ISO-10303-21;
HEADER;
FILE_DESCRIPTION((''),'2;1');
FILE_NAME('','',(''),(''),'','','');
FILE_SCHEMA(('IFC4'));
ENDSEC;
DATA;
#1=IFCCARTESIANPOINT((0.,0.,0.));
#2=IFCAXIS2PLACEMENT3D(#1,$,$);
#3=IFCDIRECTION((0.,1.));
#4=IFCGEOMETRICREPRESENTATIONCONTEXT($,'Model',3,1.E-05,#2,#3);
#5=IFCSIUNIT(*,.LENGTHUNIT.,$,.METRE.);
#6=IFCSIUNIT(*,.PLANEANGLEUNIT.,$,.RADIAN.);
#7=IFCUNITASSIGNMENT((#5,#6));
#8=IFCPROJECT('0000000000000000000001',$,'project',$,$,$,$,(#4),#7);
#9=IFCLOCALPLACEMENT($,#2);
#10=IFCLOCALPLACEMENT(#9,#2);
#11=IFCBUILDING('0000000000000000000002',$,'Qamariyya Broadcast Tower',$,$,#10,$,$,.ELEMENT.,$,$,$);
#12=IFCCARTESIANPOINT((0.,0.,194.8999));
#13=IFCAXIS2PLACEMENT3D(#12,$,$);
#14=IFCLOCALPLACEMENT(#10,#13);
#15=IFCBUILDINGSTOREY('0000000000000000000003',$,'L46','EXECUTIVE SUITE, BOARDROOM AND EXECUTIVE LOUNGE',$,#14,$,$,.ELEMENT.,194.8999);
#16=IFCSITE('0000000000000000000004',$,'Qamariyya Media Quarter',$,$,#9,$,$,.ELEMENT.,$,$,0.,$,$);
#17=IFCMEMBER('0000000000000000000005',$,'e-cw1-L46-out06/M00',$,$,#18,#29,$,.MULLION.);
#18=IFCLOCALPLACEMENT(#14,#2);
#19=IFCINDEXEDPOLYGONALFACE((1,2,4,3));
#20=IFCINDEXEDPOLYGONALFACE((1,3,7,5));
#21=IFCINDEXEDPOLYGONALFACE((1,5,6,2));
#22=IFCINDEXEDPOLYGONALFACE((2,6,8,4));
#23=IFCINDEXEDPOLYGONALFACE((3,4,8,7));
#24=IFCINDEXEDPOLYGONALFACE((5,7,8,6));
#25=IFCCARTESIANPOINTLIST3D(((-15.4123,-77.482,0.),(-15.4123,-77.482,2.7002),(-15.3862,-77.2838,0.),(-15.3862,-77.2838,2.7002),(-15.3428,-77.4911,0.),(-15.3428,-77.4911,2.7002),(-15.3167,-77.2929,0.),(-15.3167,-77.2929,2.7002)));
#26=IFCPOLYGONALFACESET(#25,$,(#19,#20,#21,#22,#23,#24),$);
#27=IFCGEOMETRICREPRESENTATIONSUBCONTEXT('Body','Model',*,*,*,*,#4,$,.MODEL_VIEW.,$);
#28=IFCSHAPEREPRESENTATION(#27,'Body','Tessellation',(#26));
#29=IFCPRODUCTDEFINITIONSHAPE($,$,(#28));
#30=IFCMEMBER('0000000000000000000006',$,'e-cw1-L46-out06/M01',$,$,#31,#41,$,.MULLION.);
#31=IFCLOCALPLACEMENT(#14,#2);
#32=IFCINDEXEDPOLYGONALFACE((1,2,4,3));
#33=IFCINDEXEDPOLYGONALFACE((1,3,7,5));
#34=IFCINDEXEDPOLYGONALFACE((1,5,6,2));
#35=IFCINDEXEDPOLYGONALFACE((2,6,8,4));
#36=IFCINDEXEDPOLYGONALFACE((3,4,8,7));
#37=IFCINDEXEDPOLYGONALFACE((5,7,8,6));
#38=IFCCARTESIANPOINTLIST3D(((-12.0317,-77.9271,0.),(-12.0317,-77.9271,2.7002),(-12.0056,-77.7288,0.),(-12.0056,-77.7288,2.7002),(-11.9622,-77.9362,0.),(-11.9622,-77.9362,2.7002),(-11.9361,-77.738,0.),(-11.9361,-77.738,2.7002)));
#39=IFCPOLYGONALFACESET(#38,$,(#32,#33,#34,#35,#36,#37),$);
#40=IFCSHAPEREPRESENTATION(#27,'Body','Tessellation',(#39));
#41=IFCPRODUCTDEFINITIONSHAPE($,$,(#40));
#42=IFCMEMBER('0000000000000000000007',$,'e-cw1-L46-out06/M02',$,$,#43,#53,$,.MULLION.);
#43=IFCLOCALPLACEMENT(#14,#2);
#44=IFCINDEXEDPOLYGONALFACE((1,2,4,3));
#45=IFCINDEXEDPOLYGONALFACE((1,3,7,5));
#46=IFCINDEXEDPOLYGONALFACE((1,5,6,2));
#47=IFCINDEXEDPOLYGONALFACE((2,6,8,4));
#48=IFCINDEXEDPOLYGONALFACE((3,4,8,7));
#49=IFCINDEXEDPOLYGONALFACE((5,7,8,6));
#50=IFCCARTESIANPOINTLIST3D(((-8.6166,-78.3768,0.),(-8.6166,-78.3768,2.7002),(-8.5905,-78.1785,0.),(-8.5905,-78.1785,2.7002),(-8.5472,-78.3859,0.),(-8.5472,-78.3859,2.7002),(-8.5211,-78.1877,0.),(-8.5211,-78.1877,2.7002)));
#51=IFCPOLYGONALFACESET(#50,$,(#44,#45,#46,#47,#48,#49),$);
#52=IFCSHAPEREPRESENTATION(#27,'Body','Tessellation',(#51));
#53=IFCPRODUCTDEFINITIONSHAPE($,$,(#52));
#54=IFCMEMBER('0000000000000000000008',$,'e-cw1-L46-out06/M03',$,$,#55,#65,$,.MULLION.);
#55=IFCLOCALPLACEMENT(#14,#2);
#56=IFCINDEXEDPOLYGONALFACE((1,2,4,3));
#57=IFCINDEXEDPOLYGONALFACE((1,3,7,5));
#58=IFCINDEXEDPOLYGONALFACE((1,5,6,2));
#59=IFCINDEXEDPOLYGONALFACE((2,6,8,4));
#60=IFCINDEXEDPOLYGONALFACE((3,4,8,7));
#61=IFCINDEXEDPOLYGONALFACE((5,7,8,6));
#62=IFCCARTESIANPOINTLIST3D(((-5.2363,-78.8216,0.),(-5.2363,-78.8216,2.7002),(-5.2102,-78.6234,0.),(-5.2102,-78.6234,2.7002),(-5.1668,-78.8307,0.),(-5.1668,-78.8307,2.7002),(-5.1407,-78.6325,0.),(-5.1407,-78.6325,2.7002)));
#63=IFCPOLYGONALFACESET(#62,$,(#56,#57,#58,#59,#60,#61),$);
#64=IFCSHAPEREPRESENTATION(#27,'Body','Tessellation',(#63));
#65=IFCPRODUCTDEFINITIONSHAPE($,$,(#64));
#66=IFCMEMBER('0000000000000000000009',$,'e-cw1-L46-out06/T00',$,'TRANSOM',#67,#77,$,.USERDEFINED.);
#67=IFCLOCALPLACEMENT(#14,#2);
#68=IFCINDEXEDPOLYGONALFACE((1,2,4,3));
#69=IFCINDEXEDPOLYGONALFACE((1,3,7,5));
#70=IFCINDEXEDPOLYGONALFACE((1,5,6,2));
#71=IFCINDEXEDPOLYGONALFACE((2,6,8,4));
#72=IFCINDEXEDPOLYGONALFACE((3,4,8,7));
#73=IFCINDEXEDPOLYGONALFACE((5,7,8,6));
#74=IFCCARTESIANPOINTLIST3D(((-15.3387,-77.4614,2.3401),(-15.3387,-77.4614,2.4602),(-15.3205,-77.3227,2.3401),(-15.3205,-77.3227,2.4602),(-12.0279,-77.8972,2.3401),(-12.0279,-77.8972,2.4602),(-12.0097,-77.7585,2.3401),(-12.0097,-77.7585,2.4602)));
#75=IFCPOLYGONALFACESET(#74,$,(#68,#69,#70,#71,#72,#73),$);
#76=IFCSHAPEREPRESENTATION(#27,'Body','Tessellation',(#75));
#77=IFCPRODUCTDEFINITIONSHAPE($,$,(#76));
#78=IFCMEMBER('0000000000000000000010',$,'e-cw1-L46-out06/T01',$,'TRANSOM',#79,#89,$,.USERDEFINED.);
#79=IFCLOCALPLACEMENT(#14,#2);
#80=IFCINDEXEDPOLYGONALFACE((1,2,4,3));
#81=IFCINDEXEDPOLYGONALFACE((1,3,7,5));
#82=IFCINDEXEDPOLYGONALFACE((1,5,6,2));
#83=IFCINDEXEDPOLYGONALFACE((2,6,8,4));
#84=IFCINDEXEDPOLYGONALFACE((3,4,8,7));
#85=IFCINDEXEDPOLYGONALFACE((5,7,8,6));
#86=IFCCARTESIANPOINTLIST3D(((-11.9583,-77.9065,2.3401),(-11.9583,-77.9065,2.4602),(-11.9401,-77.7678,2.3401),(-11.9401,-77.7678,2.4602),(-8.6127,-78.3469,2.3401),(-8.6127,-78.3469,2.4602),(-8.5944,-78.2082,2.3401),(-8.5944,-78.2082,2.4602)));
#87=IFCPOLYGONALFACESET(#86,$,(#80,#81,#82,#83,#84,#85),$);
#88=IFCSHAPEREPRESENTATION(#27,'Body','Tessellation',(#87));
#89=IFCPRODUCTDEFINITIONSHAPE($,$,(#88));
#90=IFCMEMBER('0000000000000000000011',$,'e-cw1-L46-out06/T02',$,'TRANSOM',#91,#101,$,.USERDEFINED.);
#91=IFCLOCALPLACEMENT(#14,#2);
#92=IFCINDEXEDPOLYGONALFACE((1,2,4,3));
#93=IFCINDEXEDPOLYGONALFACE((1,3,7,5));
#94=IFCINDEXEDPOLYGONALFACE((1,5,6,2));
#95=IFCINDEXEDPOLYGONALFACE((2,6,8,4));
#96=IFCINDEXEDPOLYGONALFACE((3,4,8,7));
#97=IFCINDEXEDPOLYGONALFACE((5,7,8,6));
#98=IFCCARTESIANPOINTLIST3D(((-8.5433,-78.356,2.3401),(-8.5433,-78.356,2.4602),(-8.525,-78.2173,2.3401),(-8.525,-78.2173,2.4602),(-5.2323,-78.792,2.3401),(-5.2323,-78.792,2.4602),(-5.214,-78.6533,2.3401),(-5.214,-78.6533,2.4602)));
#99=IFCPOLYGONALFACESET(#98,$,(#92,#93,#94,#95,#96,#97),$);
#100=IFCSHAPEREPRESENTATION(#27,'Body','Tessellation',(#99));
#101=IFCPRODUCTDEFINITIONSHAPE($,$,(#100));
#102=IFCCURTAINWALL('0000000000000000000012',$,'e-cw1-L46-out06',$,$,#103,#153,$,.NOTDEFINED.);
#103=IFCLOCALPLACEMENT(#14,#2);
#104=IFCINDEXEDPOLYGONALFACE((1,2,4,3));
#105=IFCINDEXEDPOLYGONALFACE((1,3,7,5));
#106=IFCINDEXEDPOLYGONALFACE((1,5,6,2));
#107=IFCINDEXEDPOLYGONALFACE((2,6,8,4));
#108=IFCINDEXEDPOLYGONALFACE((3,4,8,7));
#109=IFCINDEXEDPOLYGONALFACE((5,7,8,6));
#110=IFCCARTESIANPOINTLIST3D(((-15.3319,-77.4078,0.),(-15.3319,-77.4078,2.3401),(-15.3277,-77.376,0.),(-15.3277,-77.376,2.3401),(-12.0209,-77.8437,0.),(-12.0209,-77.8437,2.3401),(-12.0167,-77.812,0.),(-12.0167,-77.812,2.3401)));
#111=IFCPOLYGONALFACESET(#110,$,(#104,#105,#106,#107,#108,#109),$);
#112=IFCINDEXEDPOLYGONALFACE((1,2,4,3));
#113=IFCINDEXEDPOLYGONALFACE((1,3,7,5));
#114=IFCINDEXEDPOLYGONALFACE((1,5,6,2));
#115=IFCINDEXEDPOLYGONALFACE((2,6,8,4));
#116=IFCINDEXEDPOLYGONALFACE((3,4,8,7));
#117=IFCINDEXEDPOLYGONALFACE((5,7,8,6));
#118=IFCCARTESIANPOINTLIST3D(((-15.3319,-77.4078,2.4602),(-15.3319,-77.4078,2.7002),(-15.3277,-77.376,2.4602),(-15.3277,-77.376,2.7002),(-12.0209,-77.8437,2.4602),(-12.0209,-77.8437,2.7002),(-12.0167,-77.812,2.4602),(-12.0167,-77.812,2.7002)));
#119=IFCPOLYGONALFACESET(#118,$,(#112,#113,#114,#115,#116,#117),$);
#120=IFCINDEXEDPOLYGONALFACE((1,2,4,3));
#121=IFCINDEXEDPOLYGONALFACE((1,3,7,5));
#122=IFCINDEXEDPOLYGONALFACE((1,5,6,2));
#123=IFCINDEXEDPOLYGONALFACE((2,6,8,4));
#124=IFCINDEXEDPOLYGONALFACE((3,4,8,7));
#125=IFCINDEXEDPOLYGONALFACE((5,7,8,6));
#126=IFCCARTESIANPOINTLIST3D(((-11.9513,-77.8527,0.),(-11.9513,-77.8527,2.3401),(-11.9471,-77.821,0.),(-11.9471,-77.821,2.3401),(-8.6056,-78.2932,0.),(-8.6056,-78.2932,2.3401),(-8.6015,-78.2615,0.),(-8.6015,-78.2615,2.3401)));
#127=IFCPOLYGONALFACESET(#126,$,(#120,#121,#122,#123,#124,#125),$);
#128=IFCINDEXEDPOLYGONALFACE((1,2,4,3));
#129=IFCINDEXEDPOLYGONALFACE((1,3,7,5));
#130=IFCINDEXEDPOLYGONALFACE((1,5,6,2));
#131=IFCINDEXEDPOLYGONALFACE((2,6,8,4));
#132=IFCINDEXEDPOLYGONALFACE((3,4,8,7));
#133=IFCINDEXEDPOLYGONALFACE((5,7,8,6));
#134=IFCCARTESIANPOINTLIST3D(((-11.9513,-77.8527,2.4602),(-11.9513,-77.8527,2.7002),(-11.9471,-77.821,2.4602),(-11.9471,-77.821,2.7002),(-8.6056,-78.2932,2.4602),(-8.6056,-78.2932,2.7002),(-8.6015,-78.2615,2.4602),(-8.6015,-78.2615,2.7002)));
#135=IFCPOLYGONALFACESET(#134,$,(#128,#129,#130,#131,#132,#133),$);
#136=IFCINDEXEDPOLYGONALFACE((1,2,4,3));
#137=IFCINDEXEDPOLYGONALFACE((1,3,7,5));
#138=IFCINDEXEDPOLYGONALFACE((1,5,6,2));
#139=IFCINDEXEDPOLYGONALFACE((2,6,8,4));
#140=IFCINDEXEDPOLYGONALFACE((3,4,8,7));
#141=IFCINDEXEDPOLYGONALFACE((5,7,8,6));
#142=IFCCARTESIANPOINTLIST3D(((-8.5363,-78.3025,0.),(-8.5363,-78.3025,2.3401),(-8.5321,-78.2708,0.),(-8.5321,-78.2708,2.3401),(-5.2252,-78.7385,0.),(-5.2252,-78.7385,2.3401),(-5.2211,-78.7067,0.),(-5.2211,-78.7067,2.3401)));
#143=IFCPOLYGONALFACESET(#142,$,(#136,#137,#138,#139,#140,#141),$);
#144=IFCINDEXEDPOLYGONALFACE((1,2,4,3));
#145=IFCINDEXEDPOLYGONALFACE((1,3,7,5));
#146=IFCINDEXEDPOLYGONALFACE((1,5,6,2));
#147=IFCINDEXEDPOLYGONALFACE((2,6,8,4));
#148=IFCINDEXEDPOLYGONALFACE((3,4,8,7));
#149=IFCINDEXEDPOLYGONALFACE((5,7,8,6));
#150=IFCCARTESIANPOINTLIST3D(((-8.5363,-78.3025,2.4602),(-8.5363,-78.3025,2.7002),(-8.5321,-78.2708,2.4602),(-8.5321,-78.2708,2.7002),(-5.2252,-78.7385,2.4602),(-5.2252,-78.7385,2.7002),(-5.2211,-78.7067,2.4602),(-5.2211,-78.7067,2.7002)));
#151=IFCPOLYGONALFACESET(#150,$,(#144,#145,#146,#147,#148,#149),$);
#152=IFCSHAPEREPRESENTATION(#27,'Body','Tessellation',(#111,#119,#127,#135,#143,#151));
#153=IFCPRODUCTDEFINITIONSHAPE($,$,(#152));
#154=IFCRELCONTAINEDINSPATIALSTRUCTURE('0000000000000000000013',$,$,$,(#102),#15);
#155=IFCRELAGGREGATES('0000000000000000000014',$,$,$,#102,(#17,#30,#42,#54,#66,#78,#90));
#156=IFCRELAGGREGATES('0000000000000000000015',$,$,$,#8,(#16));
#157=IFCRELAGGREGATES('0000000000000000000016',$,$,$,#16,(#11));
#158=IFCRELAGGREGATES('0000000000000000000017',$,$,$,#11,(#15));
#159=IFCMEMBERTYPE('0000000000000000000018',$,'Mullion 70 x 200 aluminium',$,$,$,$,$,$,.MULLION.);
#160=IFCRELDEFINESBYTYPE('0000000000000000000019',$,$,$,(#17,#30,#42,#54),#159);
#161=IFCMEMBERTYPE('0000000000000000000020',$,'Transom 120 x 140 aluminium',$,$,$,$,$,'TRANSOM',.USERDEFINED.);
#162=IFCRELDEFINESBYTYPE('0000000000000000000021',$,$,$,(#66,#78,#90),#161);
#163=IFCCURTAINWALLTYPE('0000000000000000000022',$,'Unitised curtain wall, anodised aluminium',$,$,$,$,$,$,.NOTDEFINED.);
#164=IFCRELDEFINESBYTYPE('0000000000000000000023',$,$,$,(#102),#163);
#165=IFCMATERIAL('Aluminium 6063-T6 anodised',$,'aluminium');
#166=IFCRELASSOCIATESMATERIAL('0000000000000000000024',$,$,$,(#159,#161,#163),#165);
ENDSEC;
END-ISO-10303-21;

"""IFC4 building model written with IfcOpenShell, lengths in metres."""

from ifc_helpers import new_model, si_unit, direction, frame, origin, origin_2d, place, context, subcontext, project, spatial, rectangle, extrude, material, material_profile, profile_set, type_object, element, aggregate, save


model = new_model("IFC4")

# Units and contexts
model_context = context("Model", 3, precision=1e-05, world=origin(), true_north=direction((0.0, 1.0)))
body_context = subcontext(model_context, "Body", "Model", "MODEL_VIEW")
ifc_project = project(units=[si_unit("LENGTHUNIT", "METRE"), si_unit("PLANEANGLEUNIT", "RADIAN")], contexts=[model_context])

# Members
ifc_material = material(Name="Aluminium 6063-T6 anodised", Category="aluminium")
ifc_material_profile_1 = material_profile(ifc_material, rectangle(XDim=0.2, YDim=0.0701, at=origin_2d()))
ifc_profile_set_1 = profile_set([ifc_material_profile_1], Name="Aluminium 6063-T6 anodised")
member_type_1 = type_object("IfcMemberType", Name="Mullion 70 x 200 aluminium", PredefinedType="MULLION", material=ifc_profile_set_1)
site_placement = place(None, origin())
building_placement = place(site_placement, origin())
storey_placement = place(building_placement, frame((0.0, 0.0, 194.8999)))
member_1_placement = place(storey_placement, frame((-15.3645, -77.3875, 0.0), z_axis=(0.0, 0.0, 1.0), x_axis=(0.130526, 0.991445, 0.0)))
member_1 = element("IfcMember", 1, at=member_1_placement, type_object=member_type_1, Name="e-cw1-L46-out06/M00", PredefinedType="MULLION", context=body_context, shape_type="SweptSolid", body=[
    extrude(rectangle(XDim=0.2, YDim=0.0701, at=origin_2d()), origin(), (0.0, 0.0, 1.0), 2.7002),
])
member_2_placement = place(storey_placement, frame((-11.9839, -77.8325, 0.0), z_axis=(0.0, 0.0, 1.0), x_axis=(0.130526, 0.991445, 0.0)))
member_2 = element("IfcMember", 2, at=member_2_placement, type_object=member_type_1, Name="e-cw1-L46-out06/M01", PredefinedType="MULLION", context=body_context, shape_type="SweptSolid", body=[
    extrude(rectangle(XDim=0.2, YDim=0.0701, at=origin_2d()), origin(), (0.0, 0.0, 1.0), 2.7002),
])
member_3_placement = place(storey_placement, frame((-8.5688, -78.2822, 0.0), z_axis=(0.0, 0.0, 1.0), x_axis=(0.130526, 0.991445, 0.0)))
member_3 = element("IfcMember", 3, at=member_3_placement, type_object=member_type_1, Name="e-cw1-L46-out06/M02", PredefinedType="MULLION", context=body_context, shape_type="SweptSolid", body=[
    extrude(rectangle(XDim=0.2, YDim=0.0701, at=origin_2d()), origin(), (0.0, 0.0, 1.0), 2.7002),
])
member_4_placement = place(storey_placement, frame((-5.1885, -78.7271, 0.0), z_axis=(0.0, 0.0, 1.0), x_axis=(0.130526, 0.991445, 0.0)))
member_4 = element("IfcMember", 4, at=member_4_placement, type_object=member_type_1, Name="e-cw1-L46-out06/M03", PredefinedType="MULLION", context=body_context, shape_type="SweptSolid", body=[
    extrude(rectangle(XDim=0.2, YDim=0.0701, at=origin_2d()), origin(), (0.0, 0.0, 1.0), 2.7002),
])
ifc_material_profile_2 = material_profile(ifc_material, rectangle(XDim=0.1399, YDim=0.1201, at=origin_2d()))
ifc_profile_set_2 = profile_set([ifc_material_profile_2], Name="Aluminium 6063-T6 anodised")
member_type_2 = type_object("IfcMemberType", Name="Transom 120 x 140 aluminium", ElementType="TRANSOM", PredefinedType="USERDEFINED", material=ifc_profile_set_2)
member_5_placement = place(storey_placement, frame((-15.3296, -77.3921, 2.4001), z_axis=(0.991448, -0.130502, 0.0), x_axis=(0.130502, 0.991448, 0.0)))
member_5 = element("IfcMember", 5, at=member_5_placement, type_object=member_type_2, Name="e-cw1-L46-out06/T00", ObjectType="TRANSOM", PredefinedType="USERDEFINED", context=body_context, shape_type="SweptSolid", body=[
    extrude(rectangle(XDim=0.1399, YDim=0.1201, at=origin_2d()), origin(), (0.0, 0.0, 1.0), 3.3394),
])
member_6_placement = place(storey_placement, frame((-11.9492, -77.8372, 2.4001), z_axis=(0.991446, -0.130514, 0.0), x_axis=(0.130514, 0.991446, 0.0)))
member_6 = element("IfcMember", 6, at=member_6_placement, type_object=member_type_2, Name="e-cw1-L46-out06/T01", ObjectType="TRANSOM", PredefinedType="USERDEFINED", context=body_context, shape_type="SweptSolid", body=[
    extrude(rectangle(XDim=0.1399, YDim=0.1201, at=origin_2d()), origin(), (0.0, 0.0, 1.0), 3.3745),
])
member_7_placement = place(storey_placement, frame((-8.5342, -78.2866, 2.4001), z_axis=(0.99144, -0.130564, 0.0), x_axis=(0.130564, 0.99144, 0.0)))
member_7 = element("IfcMember", 7, at=member_7_placement, type_object=member_type_2, Name="e-cw1-L46-out06/T02", ObjectType="TRANSOM", PredefinedType="USERDEFINED", context=body_context, shape_type="SweptSolid", body=[
    extrude(rectangle(XDim=0.1399, YDim=0.1201, at=origin_2d()), origin(), (0.0, 0.0, 1.0), 3.3396),
])

# Site, building, storey
site = spatial("IfcSite", under=ifc_project, at=site_placement, Name="Qamariyya Media Quarter", CompositionType="ELEMENT", RefElevation=0.0)
building = spatial("IfcBuilding", under=site, at=building_placement, Name="Qamariyya Broadcast Tower", CompositionType="ELEMENT")
storey = spatial("IfcBuildingStorey", under=building, at=storey_placement, Name="L46", Description="EXECUTIVE SUITE, BOARDROOM AND EXECUTIVE LOUNGE", CompositionType="ELEMENT", Elevation=194.8999)

# Curtain wall
curtain_wall_type = type_object("IfcCurtainWallType", Name="Unitised curtain wall, anodised aluminium", PredefinedType="NOTDEFINED", material=ifc_material)
curtain_wall_1_placement = place(storey_placement, origin())
curtain_wall_1 = element("IfcCurtainWall", 8, at=curtain_wall_1_placement, inside=storey, type_object=curtain_wall_type, Name="e-cw1-L46-out06", PredefinedType="NOTDEFINED", context=body_context, shape_type="SweptSolid", body=[
    extrude(rectangle(XDim=3.3396, YDim=0.032, at=origin_2d()), frame((-13.6743, -77.6099, 0.0), x_axis=(0.991444, -0.130531, 0.0)), (0.0, 0.0, 1.0), 2.3401),
    extrude(rectangle(XDim=3.3396, YDim=0.032, at=origin_2d()), frame((-13.6743, -77.6099, 2.4602), x_axis=(0.991444, -0.130531, 0.0)), (0.0, 0.0, 1.0), 0.24),
    extrude(rectangle(XDim=3.3745, YDim=0.032, at=origin_2d()), frame((-10.2764, -78.0571, 0.0), x_axis=(0.991444, -0.130531, 0.0)), (0.0, 0.0, 1.0), 2.3401),
    extrude(rectangle(XDim=3.3745, YDim=0.032, at=origin_2d()), frame((-10.2764, -78.0571, 2.4602), x_axis=(0.991444, -0.130531, 0.0)), (0.0, 0.0, 1.0), 0.24),
    extrude(rectangle(XDim=3.3396, YDim=0.032, at=origin_2d()), frame((-6.8787, -78.5046, 0.0), x_axis=(0.991444, -0.130531, 0.0)), (0.0, 0.0, 1.0), 2.3401),
    extrude(rectangle(XDim=3.3396, YDim=0.032, at=origin_2d()), frame((-6.8787, -78.5046, 2.4602), x_axis=(0.991444, -0.130531, 0.0)), (0.0, 0.0, 1.0), 0.24),
])
aggregate(curtain_wall_1, [member_1, member_2, member_3, member_4, member_5, member_6, member_7])

save(model, "model.ifc")
